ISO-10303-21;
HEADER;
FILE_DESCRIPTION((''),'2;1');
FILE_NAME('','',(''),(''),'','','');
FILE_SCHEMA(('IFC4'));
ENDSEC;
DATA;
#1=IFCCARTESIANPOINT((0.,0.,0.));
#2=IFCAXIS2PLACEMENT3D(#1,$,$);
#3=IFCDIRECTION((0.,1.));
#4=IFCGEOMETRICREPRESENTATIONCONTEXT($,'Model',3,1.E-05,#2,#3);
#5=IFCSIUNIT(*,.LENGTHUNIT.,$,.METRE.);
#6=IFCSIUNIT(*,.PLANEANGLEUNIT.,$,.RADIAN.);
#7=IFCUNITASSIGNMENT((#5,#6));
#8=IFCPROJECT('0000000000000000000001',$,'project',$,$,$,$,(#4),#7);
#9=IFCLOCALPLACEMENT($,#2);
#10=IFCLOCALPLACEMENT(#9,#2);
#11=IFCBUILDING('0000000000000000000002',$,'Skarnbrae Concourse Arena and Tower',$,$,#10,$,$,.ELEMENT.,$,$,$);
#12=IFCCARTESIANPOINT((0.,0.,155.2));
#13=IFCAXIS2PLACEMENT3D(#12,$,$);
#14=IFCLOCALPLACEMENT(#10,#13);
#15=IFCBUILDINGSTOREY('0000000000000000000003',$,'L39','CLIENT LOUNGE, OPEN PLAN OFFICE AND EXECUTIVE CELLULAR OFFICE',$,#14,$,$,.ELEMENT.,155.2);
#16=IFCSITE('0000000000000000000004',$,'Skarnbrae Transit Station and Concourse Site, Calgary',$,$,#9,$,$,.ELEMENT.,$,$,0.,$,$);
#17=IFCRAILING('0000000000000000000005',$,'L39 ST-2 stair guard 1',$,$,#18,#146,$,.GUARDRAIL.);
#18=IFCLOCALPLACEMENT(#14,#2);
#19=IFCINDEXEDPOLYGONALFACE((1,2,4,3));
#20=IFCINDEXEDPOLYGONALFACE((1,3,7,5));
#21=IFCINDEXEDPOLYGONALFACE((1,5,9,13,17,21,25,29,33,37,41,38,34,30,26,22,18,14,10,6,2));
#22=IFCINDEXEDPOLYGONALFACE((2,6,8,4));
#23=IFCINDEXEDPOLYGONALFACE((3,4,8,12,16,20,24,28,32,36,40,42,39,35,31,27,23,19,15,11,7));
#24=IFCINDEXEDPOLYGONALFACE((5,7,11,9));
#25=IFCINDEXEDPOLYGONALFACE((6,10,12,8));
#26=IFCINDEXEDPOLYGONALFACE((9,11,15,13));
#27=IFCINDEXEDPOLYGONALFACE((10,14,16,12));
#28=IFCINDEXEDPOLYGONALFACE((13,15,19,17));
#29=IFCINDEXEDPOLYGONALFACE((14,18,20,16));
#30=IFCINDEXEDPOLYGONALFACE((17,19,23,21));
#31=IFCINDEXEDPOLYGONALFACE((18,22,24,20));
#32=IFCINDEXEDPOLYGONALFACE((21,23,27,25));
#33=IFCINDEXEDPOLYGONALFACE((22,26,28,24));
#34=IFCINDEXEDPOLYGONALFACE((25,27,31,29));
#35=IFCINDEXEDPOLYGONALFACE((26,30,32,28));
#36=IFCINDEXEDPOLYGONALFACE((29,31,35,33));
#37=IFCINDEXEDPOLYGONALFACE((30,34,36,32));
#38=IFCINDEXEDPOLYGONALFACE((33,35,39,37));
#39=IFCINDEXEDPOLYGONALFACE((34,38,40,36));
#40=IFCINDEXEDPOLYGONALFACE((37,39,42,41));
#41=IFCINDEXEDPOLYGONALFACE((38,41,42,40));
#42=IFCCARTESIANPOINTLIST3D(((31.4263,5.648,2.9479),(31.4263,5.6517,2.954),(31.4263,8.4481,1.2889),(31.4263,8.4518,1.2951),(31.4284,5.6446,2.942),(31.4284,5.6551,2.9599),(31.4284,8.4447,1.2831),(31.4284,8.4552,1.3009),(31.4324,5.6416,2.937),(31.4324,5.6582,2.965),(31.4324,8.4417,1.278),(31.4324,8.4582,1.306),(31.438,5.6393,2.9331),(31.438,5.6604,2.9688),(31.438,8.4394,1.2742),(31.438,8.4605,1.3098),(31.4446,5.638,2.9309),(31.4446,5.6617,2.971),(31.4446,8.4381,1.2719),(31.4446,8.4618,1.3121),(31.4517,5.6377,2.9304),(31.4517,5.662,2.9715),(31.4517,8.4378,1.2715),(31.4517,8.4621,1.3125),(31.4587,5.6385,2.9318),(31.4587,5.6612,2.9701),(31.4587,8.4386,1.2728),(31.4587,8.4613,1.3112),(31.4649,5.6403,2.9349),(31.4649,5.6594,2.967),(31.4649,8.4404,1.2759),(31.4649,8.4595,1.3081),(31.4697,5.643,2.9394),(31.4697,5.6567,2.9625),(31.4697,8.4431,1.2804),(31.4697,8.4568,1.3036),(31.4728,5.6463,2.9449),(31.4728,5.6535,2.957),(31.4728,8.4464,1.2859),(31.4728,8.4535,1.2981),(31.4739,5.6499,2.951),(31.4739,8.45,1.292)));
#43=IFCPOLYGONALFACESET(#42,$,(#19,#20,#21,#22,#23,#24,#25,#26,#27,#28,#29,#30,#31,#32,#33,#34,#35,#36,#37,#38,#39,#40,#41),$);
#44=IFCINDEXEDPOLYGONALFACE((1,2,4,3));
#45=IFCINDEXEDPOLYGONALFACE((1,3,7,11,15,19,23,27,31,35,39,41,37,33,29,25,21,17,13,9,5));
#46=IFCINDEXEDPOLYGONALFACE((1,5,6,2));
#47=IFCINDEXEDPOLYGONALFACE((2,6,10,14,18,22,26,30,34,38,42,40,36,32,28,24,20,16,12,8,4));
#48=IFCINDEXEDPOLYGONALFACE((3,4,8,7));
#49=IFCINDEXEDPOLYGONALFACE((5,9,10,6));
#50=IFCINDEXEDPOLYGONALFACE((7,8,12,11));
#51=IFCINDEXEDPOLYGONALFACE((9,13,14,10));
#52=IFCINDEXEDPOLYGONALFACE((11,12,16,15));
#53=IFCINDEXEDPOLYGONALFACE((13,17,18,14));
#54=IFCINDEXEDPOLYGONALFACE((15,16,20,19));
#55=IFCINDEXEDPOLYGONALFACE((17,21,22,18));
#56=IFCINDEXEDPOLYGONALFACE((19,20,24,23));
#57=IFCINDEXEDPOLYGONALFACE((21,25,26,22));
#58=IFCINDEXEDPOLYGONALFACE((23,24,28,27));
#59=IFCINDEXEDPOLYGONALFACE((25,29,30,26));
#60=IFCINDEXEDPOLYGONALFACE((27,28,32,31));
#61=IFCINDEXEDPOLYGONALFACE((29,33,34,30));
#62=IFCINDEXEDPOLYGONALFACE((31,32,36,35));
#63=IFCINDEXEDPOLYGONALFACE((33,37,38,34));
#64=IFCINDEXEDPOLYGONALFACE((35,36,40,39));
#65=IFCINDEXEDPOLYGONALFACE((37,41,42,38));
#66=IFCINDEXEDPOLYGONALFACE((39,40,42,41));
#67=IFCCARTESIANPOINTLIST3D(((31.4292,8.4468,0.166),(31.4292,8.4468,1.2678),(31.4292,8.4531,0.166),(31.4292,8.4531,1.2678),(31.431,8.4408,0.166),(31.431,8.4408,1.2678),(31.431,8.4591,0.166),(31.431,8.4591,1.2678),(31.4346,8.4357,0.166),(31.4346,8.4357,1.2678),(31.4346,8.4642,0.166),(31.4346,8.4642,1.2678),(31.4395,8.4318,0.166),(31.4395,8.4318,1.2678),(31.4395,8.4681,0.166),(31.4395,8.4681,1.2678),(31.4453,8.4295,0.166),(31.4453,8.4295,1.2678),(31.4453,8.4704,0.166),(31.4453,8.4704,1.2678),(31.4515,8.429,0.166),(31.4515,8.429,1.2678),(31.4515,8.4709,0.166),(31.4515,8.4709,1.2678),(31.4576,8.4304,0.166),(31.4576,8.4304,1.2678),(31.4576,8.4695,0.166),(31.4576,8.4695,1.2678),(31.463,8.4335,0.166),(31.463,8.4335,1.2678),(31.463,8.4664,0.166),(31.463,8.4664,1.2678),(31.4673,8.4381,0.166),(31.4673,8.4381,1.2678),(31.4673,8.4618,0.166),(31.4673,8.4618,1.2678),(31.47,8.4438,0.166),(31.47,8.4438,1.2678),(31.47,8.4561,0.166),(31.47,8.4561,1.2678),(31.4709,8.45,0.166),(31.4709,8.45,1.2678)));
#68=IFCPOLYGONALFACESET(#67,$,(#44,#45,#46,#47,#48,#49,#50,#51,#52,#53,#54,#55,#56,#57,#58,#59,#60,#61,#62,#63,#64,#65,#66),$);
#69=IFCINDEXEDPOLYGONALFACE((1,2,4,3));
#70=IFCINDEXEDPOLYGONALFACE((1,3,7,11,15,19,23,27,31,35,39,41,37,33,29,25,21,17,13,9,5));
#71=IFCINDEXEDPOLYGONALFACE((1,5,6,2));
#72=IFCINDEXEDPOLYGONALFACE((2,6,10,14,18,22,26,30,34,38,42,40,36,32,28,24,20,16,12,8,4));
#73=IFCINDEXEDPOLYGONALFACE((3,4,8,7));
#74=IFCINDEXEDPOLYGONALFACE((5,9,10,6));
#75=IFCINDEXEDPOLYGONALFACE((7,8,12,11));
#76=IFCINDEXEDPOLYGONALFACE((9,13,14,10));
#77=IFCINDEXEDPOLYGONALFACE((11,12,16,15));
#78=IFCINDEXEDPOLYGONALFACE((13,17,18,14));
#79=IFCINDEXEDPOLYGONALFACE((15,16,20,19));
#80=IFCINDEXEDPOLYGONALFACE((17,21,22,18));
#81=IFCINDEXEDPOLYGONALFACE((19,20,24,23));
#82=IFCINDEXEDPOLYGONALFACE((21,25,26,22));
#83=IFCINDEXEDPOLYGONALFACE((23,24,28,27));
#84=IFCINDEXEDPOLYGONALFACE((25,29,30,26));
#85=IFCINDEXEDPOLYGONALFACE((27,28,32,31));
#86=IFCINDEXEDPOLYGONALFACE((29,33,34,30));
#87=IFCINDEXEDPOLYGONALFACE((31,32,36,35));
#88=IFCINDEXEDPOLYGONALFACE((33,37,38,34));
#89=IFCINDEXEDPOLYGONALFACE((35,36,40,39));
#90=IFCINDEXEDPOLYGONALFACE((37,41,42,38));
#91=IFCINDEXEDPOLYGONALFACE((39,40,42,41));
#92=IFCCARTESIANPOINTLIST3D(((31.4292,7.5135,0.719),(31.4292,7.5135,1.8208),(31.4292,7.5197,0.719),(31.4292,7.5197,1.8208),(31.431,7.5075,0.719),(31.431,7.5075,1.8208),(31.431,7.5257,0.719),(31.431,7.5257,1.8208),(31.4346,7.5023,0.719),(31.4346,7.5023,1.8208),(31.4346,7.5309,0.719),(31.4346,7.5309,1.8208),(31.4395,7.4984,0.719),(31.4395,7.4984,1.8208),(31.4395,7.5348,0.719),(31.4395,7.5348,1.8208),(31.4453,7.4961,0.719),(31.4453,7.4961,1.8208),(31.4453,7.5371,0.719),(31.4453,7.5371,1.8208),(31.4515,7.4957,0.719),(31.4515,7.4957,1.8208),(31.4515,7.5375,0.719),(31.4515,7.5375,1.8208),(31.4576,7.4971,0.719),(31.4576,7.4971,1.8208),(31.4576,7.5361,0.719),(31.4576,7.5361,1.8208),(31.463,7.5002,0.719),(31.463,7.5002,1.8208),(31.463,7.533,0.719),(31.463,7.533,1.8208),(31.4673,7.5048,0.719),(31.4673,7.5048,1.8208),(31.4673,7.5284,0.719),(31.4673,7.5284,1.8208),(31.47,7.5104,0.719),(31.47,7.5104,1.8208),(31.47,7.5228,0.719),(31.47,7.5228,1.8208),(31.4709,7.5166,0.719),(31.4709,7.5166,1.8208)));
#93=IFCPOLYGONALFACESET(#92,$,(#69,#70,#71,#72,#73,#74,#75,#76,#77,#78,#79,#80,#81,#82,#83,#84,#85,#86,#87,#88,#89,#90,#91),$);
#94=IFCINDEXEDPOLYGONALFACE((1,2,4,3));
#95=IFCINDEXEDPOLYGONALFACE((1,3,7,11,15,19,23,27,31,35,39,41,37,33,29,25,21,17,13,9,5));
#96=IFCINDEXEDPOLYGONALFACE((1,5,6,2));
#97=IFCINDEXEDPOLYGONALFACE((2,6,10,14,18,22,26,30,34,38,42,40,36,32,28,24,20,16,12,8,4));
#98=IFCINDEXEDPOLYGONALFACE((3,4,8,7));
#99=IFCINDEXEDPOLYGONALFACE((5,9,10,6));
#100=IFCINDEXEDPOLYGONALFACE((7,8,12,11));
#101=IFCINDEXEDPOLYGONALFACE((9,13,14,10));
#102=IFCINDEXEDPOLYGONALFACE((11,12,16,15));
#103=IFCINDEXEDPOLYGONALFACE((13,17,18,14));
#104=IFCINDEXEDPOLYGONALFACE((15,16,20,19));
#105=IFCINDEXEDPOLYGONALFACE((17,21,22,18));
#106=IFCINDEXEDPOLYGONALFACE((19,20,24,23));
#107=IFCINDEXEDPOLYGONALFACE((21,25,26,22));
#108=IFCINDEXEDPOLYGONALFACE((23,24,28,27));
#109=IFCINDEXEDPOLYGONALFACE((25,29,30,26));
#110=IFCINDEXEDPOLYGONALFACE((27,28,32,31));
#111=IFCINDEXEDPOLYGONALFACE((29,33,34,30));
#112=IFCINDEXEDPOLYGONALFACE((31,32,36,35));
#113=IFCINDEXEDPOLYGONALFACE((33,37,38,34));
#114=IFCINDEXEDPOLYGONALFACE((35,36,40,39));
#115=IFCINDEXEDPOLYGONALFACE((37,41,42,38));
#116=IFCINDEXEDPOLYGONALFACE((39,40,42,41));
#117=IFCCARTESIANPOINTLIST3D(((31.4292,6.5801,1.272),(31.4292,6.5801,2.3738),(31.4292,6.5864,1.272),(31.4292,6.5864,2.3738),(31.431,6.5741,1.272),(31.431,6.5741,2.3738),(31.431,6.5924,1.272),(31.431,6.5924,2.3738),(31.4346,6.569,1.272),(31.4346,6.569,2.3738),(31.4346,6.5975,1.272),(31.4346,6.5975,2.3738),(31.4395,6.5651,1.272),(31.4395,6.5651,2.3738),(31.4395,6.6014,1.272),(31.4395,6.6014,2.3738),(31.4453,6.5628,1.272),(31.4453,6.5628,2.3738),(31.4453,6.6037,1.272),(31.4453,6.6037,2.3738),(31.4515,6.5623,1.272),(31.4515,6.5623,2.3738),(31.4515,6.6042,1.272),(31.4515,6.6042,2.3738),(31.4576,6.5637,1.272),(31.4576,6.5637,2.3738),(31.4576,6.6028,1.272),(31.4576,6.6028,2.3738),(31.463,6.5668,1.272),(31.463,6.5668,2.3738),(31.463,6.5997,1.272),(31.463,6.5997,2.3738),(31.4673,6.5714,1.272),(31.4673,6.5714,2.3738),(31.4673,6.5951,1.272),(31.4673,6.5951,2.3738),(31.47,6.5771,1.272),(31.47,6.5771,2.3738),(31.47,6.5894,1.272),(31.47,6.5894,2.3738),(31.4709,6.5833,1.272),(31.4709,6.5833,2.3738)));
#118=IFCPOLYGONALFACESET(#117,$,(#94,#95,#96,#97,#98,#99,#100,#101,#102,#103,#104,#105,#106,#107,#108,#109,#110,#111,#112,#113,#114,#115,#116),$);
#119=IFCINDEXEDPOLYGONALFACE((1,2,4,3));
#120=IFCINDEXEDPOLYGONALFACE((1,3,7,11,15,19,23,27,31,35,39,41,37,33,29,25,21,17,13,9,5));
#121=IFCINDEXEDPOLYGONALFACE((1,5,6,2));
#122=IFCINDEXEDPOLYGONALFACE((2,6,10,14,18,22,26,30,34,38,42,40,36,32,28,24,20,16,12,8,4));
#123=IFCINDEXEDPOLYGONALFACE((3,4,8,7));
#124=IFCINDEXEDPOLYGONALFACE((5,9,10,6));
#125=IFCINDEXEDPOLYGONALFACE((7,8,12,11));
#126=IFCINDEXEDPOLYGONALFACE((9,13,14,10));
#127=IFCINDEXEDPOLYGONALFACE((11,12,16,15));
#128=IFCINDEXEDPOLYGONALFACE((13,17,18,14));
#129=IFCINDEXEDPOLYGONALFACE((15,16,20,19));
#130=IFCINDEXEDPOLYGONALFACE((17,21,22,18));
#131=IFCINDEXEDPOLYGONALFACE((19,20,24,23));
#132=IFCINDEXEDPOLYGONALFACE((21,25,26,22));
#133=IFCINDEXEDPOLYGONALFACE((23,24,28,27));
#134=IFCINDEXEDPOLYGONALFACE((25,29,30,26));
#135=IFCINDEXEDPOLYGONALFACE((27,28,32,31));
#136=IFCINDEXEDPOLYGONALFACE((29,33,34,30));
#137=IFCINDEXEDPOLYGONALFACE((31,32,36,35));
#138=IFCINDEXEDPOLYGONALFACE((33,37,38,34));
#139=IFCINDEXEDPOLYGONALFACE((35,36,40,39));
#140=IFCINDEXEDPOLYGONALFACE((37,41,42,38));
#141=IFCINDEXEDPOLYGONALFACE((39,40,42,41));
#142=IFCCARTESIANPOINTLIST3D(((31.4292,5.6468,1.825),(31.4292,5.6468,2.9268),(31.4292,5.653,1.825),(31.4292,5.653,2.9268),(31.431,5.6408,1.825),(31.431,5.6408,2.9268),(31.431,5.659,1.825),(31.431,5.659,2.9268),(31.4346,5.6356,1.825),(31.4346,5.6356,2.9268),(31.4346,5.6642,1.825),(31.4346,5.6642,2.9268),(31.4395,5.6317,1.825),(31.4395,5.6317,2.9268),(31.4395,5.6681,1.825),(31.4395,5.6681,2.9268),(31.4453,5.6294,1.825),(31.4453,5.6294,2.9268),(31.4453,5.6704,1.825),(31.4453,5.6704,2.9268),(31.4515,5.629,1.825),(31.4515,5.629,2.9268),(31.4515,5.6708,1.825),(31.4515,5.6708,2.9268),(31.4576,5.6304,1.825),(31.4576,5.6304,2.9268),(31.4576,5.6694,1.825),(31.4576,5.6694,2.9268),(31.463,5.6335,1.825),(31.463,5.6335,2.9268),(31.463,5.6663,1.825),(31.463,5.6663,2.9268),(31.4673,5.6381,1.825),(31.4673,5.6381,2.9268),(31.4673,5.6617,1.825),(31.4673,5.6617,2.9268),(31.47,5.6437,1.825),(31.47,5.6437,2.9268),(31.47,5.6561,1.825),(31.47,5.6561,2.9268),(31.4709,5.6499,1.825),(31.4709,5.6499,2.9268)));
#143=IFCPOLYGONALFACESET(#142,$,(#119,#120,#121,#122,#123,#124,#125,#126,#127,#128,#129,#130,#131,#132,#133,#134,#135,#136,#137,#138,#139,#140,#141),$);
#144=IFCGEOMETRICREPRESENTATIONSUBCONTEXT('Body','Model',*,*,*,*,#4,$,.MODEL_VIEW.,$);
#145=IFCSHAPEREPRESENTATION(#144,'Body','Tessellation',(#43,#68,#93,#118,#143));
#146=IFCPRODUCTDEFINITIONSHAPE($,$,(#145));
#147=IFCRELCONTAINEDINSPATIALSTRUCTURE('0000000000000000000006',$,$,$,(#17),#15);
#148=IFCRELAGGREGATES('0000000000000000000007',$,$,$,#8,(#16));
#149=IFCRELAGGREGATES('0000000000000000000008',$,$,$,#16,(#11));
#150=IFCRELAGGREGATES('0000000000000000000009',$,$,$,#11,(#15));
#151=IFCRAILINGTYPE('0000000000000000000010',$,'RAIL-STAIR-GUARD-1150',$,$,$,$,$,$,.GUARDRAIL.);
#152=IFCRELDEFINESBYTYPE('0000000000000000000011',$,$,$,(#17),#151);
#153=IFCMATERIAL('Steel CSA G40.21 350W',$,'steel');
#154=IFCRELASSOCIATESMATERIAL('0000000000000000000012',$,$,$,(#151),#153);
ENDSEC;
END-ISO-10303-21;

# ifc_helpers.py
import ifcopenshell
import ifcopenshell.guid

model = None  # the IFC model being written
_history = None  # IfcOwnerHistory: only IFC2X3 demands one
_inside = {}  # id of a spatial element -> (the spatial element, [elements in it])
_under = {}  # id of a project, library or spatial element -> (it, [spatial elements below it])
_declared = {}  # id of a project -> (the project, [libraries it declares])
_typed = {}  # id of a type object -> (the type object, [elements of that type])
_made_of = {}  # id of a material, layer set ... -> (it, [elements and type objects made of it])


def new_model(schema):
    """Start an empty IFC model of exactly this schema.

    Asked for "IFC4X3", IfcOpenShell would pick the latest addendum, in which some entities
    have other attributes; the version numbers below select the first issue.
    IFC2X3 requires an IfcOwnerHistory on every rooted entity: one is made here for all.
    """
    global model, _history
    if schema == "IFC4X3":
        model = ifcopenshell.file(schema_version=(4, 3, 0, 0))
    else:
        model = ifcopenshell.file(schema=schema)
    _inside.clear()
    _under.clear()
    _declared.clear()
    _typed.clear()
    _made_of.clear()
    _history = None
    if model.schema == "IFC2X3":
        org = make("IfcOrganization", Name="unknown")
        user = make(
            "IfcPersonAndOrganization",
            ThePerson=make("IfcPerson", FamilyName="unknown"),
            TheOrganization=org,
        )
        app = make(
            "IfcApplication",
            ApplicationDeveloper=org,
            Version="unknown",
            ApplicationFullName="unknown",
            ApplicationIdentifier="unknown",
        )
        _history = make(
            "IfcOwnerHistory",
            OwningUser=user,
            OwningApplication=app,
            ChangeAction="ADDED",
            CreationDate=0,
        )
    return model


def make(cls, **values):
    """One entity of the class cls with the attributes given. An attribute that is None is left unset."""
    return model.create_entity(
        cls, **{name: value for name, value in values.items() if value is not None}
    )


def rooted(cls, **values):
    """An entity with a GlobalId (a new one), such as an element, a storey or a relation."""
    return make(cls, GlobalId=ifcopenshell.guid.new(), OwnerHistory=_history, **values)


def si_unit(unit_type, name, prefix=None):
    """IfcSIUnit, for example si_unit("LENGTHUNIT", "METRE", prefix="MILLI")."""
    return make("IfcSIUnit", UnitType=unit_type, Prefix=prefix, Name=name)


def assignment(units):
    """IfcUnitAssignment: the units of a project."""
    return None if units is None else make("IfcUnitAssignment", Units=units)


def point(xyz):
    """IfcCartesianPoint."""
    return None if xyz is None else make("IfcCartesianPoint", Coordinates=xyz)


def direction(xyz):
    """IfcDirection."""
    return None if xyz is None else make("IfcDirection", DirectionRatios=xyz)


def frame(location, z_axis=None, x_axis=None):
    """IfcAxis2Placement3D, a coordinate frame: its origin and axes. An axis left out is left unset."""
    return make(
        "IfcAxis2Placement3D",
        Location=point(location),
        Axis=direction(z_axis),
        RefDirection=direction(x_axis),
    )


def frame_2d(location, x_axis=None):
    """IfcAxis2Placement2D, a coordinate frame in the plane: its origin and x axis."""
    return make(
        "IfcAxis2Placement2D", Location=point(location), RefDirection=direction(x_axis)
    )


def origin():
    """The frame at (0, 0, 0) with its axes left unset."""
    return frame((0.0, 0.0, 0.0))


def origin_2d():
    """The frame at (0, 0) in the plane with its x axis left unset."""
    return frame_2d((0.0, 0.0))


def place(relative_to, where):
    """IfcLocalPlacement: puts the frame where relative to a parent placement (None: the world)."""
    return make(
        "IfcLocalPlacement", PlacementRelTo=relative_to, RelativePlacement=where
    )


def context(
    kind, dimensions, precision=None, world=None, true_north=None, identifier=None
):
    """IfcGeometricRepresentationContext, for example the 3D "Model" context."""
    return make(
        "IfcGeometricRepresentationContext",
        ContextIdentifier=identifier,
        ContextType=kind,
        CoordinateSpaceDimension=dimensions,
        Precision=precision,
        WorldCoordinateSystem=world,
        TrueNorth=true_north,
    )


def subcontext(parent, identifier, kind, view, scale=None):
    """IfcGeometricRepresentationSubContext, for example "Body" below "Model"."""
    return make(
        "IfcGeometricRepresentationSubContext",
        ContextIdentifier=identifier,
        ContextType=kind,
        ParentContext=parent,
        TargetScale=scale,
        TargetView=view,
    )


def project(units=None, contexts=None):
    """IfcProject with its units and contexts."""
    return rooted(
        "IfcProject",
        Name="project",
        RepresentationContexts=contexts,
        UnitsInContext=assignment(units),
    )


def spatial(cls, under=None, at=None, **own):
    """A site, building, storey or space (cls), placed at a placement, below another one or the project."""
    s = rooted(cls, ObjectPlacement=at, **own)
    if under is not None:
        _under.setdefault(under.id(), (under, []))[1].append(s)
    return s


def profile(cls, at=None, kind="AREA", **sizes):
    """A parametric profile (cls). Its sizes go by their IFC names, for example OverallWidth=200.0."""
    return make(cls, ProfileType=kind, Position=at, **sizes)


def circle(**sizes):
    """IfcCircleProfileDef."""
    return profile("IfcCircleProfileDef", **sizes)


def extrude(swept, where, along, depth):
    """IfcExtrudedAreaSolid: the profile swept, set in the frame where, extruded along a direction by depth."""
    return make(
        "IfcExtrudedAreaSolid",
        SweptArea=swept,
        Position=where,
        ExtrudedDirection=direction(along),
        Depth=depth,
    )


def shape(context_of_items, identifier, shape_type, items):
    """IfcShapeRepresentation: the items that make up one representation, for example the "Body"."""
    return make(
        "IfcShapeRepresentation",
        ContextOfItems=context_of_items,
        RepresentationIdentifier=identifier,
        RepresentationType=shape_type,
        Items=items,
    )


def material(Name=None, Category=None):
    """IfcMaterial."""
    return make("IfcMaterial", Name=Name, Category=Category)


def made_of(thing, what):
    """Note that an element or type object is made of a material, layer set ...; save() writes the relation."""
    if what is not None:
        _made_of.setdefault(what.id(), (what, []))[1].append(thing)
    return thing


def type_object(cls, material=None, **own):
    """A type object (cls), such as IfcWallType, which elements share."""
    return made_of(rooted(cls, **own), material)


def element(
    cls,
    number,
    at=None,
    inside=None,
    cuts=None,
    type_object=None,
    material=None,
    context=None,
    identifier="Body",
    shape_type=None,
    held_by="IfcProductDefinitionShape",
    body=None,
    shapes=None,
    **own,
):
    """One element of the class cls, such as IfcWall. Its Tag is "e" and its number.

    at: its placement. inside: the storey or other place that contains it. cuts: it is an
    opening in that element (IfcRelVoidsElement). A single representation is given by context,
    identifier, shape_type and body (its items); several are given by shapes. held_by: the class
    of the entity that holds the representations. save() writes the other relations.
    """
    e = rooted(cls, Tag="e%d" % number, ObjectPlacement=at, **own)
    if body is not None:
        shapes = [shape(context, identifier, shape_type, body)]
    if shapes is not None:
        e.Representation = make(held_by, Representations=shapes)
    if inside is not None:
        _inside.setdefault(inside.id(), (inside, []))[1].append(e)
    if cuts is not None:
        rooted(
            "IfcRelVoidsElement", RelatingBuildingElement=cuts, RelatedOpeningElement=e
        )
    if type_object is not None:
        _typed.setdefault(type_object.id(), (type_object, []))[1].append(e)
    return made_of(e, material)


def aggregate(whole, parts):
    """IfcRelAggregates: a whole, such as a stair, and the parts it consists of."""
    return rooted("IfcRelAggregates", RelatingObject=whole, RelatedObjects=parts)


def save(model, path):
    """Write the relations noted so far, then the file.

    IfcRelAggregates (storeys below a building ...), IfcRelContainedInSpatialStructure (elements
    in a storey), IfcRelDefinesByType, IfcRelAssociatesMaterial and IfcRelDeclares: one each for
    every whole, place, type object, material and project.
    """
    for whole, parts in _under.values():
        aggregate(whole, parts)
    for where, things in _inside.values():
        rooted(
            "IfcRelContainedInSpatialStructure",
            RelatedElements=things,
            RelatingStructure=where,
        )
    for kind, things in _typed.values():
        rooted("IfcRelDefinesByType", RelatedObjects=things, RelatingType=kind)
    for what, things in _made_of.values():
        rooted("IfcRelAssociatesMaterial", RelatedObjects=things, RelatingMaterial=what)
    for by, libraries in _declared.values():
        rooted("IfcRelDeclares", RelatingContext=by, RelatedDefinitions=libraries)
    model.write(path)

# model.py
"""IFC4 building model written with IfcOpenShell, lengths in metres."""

from ifc_helpers import new_model, si_unit, direction, frame, origin, origin_2d, place, context, subcontext, project, spatial, circle, extrude, material, type_object, element, save


model = new_model("IFC4")

# Units and contexts
model_context = context("Model", 3, precision=1e-05, world=origin(), true_north=direction((0.0, 1.0)))
body_context = subcontext(model_context, "Body", "Model", "MODEL_VIEW")
ifc_project = project(units=[si_unit("LENGTHUNIT", "METRE"), si_unit("PLANEANGLEUNIT", "RADIAN")], contexts=[model_context])

# Site, building, storey
site_placement = place(None, origin())
site = spatial("IfcSite", under=ifc_project, at=site_placement, Name="Skarnbrae Transit Station and Concourse Site, Calgary", CompositionType="ELEMENT", RefElevation=0.0)
building_placement = place(site_placement, origin())
building = spatial("IfcBuilding", under=site, at=building_placement, Name="Skarnbrae Concourse Arena and Tower", CompositionType="ELEMENT")
storey_placement = place(building_placement, frame((0.0, 0.0, 155.2)))
storey = spatial("IfcBuildingStorey", under=building, at=storey_placement, Name="L39", Description="CLIENT LOUNGE, OPEN PLAN OFFICE AND EXECUTIVE CELLULAR OFFICE", CompositionType="ELEMENT", Elevation=155.2)

# Shared definitions
ifc_material_1 = material(Name="Steel CSA G40.21 350W", Category="steel")

# Railing
railing_type_1 = type_object("IfcRailingType", Name="RAIL-STAIR-GUARD-1150", PredefinedType="GUARDRAIL", material=ifc_material_1)
railing_1_placement = place(storey_placement, frame((31.45, 8.45, 0.166)))
element("IfcRailing", 1, at=railing_1_placement, inside=storey, type_object=railing_type_1, Name="L39 ST-2 stair guard 1", PredefinedType="GUARDRAIL", context=body_context, shape_type="SweptSolid", body=[
    extrude(circle(Radius=0.0239, at=origin_2d()), frame((0.0, 0.0, 1.126), z_axis=(0.0, -0.860339, 0.509722), x_axis=(1.0, 0.0, 0.0)), (0.0, 0.0, 1.0), 3.2546),
    extrude(circle(Radius=0.021, at=origin_2d()), origin(), (0.0, 0.0, 1.0), 1.1018),
    extrude(circle(Radius=0.021, at=origin_2d()), frame((0.0, -0.9333, 0.553)), (0.0, 0.0, 1.0), 1.1018),
    extrude(circle(Radius=0.021, at=origin_2d()), frame((0.0, -1.8667, 1.106)), (0.0, 0.0, 1.0), 1.1018),
    extrude(circle(Radius=0.021, at=origin_2d()), frame((0.0, -2.8, 1.6589)), (0.0, 0.0, 1.0), 1.1018),
])

save(model, "model.ifc")
